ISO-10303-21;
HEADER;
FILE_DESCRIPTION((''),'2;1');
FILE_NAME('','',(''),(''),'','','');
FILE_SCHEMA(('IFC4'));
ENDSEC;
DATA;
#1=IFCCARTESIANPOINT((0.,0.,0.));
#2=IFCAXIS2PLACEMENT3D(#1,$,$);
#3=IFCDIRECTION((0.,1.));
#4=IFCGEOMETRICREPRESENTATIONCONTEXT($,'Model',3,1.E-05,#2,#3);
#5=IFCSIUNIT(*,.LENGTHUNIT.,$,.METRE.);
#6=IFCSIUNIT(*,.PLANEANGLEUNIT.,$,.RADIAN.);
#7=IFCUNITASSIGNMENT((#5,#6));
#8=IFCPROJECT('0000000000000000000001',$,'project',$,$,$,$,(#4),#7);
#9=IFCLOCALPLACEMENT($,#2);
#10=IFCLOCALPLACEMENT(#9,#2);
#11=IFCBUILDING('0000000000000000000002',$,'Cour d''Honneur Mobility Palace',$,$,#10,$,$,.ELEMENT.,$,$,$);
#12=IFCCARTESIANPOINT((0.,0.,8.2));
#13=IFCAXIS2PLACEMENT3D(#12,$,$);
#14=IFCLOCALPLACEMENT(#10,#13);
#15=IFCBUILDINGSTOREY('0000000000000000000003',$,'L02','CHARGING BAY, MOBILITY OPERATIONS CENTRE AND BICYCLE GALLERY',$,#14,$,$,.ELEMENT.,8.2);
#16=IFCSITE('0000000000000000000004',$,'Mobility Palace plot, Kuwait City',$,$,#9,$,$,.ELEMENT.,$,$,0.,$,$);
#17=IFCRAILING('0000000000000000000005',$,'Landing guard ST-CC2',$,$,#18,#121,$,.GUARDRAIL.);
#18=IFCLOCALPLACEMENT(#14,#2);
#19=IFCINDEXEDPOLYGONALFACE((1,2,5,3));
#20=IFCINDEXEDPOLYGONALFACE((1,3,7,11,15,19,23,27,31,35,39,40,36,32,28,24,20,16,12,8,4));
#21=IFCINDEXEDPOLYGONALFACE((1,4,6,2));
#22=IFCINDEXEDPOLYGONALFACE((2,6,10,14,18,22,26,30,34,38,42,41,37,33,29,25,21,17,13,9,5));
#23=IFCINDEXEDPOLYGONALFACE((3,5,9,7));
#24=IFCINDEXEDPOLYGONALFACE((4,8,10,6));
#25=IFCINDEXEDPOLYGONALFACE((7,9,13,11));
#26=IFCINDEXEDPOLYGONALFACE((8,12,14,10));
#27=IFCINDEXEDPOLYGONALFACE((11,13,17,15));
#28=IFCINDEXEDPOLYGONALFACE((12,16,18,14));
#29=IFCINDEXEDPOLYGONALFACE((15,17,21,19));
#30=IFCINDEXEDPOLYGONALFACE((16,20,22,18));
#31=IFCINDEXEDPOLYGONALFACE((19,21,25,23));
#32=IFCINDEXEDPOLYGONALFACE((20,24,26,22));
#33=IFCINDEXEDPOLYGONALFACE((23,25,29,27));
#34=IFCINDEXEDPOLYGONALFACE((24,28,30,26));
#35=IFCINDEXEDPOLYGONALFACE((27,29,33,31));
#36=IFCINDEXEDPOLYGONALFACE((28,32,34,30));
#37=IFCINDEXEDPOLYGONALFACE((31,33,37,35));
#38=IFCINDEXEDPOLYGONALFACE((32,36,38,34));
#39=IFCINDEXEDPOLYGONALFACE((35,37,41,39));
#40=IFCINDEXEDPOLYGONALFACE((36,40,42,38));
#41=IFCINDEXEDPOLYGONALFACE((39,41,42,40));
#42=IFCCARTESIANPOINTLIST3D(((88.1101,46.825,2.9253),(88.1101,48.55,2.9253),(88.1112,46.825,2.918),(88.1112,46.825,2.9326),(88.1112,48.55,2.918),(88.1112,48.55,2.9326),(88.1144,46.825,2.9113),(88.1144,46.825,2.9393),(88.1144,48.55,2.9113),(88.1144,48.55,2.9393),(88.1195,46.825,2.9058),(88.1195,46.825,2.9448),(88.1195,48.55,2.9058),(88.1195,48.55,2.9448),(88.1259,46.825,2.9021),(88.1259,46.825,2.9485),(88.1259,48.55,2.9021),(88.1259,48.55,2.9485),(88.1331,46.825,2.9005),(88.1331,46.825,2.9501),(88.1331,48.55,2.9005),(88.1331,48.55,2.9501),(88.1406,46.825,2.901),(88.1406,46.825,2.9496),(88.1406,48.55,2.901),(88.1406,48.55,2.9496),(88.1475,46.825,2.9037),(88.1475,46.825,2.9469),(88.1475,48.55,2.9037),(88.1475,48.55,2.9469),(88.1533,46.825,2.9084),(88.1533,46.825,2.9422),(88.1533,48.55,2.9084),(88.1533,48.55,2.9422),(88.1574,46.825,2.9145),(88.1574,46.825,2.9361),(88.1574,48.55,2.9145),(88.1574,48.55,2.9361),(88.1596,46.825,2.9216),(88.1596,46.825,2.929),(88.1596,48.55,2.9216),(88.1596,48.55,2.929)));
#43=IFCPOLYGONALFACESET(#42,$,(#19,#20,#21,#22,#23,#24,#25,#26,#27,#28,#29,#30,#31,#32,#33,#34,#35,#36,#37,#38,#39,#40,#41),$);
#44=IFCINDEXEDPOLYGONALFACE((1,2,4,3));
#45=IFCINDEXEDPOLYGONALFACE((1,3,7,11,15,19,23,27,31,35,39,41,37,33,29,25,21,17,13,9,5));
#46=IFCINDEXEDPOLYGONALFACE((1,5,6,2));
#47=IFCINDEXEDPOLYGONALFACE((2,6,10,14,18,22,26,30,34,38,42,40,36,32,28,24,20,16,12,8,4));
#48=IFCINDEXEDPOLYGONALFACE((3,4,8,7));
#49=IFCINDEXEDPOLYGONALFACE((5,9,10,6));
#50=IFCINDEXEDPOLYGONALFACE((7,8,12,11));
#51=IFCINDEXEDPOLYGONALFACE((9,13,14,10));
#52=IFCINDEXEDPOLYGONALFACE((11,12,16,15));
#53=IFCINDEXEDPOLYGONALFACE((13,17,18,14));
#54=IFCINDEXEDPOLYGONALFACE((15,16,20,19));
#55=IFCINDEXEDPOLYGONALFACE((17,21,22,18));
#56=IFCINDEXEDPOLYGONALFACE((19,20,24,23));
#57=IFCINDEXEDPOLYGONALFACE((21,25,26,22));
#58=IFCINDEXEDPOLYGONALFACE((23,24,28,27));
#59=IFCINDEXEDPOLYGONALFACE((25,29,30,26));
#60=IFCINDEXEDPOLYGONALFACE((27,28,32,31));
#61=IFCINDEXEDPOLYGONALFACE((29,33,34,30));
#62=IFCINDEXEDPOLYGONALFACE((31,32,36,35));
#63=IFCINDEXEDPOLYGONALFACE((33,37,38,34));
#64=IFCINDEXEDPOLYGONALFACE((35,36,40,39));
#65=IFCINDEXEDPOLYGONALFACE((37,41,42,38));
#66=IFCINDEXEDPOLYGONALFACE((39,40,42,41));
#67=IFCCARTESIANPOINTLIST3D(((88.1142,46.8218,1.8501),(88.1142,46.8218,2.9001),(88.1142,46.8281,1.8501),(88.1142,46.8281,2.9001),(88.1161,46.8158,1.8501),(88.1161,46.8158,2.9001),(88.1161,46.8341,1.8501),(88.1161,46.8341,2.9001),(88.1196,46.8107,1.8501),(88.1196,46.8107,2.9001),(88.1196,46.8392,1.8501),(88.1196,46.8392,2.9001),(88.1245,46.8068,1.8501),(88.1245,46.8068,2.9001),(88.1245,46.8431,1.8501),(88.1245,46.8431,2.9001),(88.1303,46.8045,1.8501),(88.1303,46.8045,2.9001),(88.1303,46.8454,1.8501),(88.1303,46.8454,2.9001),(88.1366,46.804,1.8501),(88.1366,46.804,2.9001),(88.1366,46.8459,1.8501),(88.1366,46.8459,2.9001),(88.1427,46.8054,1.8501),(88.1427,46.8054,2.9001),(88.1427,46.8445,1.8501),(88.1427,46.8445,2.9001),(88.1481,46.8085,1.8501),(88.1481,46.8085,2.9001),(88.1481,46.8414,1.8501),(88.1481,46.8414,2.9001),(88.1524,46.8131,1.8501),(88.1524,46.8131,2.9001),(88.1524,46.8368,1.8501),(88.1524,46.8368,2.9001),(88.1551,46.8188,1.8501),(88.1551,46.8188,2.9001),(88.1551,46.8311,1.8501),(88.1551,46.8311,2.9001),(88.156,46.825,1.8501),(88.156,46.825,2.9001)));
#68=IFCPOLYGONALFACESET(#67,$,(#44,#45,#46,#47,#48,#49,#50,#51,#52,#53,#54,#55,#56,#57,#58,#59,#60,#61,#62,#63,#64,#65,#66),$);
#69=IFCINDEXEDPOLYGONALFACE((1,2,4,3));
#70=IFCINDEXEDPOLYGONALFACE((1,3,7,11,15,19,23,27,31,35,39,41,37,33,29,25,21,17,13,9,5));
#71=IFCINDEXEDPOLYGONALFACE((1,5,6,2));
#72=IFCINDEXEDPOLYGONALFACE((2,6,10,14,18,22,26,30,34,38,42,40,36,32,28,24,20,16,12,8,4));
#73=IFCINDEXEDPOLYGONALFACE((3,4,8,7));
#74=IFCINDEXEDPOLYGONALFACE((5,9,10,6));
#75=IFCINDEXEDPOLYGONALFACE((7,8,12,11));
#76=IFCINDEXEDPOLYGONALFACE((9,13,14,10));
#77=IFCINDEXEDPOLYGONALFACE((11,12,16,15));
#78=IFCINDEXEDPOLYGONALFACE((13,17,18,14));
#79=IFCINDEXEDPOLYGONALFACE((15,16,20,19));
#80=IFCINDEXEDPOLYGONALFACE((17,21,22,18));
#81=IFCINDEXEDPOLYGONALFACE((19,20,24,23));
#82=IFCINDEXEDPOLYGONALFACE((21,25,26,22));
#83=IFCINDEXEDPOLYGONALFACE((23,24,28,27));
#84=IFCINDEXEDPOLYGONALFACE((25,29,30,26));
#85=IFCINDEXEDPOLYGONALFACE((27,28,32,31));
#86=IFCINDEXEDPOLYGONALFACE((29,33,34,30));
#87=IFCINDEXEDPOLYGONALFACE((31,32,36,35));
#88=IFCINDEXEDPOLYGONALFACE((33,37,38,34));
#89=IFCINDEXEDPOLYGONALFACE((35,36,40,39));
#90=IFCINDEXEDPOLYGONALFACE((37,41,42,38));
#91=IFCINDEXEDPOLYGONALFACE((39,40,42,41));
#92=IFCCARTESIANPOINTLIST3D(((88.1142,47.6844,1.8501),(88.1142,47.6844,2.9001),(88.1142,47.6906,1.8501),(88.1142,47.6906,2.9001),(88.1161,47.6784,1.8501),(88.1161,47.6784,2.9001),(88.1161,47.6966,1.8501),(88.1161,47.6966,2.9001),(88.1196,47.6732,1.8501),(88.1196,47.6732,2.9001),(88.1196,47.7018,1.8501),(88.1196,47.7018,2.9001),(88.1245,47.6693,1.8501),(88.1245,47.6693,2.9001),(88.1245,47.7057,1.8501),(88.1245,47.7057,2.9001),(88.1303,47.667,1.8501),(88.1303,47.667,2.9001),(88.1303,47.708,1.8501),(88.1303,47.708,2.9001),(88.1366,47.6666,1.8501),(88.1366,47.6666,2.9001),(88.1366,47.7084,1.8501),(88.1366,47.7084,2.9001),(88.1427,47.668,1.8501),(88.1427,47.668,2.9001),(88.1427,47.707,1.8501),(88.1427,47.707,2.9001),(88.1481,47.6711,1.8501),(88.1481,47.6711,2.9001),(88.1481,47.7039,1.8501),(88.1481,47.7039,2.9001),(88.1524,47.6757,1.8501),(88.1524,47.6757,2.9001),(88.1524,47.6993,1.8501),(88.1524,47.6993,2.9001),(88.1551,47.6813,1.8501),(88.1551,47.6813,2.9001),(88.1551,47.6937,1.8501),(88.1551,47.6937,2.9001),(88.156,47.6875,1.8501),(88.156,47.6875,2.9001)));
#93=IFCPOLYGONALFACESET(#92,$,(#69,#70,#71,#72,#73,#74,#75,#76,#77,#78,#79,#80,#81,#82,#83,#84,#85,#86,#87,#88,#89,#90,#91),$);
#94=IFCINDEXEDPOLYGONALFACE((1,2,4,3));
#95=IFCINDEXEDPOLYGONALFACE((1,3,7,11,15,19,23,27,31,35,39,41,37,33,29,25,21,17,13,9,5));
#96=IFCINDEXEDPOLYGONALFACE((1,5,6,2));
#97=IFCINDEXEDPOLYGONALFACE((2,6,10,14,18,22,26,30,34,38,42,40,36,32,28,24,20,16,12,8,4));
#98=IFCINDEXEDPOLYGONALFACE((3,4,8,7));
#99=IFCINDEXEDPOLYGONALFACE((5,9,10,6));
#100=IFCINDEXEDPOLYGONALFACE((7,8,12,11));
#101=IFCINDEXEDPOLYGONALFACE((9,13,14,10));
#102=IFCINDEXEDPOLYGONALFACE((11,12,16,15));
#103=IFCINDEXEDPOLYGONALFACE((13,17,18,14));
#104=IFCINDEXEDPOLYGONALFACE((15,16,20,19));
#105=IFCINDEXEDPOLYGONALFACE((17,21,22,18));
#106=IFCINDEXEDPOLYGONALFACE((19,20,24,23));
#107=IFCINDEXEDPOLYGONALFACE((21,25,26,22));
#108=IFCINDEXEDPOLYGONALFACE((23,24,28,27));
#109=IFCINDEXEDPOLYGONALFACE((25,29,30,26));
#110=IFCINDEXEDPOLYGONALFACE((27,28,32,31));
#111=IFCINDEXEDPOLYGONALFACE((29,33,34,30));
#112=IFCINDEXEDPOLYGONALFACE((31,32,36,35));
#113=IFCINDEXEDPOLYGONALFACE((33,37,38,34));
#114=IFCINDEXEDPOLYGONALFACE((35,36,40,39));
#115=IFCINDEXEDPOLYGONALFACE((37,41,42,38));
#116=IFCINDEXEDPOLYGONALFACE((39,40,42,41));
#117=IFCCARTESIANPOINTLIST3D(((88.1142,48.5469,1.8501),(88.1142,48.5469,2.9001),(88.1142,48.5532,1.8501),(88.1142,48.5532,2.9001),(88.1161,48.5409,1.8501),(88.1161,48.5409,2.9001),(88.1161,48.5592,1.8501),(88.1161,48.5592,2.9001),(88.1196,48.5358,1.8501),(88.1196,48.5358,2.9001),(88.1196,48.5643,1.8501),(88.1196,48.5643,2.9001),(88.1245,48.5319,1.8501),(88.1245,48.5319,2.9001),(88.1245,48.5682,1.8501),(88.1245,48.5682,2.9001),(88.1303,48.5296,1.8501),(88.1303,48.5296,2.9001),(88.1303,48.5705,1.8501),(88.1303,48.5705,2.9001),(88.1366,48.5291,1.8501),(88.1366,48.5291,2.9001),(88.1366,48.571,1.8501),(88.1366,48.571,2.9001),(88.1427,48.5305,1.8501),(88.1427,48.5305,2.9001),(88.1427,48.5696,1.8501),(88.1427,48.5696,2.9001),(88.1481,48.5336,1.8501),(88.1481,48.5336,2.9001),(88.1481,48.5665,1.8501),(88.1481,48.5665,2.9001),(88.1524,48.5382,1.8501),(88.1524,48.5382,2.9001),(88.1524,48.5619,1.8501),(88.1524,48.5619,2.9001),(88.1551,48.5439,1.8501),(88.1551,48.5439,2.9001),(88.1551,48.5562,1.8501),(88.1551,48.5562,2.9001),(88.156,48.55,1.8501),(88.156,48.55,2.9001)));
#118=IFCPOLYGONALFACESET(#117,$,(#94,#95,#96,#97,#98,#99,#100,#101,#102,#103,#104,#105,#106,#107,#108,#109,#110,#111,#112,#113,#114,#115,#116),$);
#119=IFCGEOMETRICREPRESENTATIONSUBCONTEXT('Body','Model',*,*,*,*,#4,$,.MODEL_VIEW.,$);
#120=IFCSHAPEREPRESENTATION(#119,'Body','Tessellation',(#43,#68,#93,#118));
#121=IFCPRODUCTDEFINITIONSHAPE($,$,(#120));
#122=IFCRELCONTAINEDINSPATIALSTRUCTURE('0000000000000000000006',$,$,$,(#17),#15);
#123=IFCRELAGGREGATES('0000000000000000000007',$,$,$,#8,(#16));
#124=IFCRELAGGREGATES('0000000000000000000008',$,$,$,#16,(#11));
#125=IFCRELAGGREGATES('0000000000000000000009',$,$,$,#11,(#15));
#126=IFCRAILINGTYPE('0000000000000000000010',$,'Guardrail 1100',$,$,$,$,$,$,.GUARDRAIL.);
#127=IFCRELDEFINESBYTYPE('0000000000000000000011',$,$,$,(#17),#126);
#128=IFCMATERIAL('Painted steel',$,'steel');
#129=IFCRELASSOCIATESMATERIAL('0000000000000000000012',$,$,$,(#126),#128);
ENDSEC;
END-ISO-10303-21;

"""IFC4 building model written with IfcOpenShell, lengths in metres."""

from ifc_helpers import new_model, si_unit, direction, frame, origin, origin_2d, place, context, subcontext, project, spatial, circle, extrude, material, type_object, element, save


model = new_model("IFC4")

# Units and contexts
model_context = context("Model", 3, precision=1e-05, world=origin(), true_north=direction((0.0, 1.0)))
body_context = subcontext(model_context, "Body", "Model", "MODEL_VIEW")
ifc_project = project(units=[si_unit("LENGTHUNIT", "METRE"), si_unit("PLANEANGLEUNIT", "RADIAN")], contexts=[model_context])

# Site, building, storey
site_placement = place(None, origin())
site = spatial("IfcSite", under=ifc_project, at=site_placement, Name="Mobility Palace plot, Kuwait City", CompositionType="ELEMENT", RefElevation=0.0)
building_placement = place(site_placement, origin())
building = spatial("IfcBuilding", under=site, at=building_placement, Name="Cour d'Honneur Mobility Palace", CompositionType="ELEMENT")
storey_placement = place(building_placement, frame((0.0, 0.0, 8.2)))
storey = spatial("IfcBuildingStorey", under=building, at=storey_placement, Name="L02", Description="CHARGING BAY, MOBILITY OPERATIONS CENTRE AND BICYCLE GALLERY", CompositionType="ELEMENT", Elevation=8.2)

# Railing
ifc_material_1 = material(Name="Painted steel", Category="steel")
railing_type_1 = type_object("IfcRailingType", Name="Guardrail 1100", PredefinedType="GUARDRAIL", material=ifc_material_1)
for number, where, name in (
    (1, (88.135, 46.825, 1.8501), "Landing guard ST-CC2"),
):
    element("IfcRailing", number, at=place(storey_placement, frame(where)), inside=storey, type_object=railing_type_1, Name=name, PredefinedType="GUARDRAIL", context=body_context, shape_type="SweptSolid", body=[
        extrude(circle(Radius=0.0249, at=origin_2d()), frame((0.0, 0.0, 1.0752), z_axis=(0.0, 1.0, 0.0), x_axis=(-1.0, 0.0, 0.0)), (0.0, 0.0, 1.0), 1.7251),
        extrude(circle(Radius=0.021, at=origin_2d()), origin(), (0.0, 0.0, 1.0), 1.05),
        extrude(circle(Radius=0.021, at=origin_2d()), frame((0.0, 0.8625, 0.0)), (0.0, 0.0, 1.0), 1.05),
        extrude(circle(Radius=0.021, at=origin_2d()), frame((0.0, 1.7251, 0.0)), (0.0, 0.0, 1.0), 1.05),
    ])

save(model, "model.ifc")
